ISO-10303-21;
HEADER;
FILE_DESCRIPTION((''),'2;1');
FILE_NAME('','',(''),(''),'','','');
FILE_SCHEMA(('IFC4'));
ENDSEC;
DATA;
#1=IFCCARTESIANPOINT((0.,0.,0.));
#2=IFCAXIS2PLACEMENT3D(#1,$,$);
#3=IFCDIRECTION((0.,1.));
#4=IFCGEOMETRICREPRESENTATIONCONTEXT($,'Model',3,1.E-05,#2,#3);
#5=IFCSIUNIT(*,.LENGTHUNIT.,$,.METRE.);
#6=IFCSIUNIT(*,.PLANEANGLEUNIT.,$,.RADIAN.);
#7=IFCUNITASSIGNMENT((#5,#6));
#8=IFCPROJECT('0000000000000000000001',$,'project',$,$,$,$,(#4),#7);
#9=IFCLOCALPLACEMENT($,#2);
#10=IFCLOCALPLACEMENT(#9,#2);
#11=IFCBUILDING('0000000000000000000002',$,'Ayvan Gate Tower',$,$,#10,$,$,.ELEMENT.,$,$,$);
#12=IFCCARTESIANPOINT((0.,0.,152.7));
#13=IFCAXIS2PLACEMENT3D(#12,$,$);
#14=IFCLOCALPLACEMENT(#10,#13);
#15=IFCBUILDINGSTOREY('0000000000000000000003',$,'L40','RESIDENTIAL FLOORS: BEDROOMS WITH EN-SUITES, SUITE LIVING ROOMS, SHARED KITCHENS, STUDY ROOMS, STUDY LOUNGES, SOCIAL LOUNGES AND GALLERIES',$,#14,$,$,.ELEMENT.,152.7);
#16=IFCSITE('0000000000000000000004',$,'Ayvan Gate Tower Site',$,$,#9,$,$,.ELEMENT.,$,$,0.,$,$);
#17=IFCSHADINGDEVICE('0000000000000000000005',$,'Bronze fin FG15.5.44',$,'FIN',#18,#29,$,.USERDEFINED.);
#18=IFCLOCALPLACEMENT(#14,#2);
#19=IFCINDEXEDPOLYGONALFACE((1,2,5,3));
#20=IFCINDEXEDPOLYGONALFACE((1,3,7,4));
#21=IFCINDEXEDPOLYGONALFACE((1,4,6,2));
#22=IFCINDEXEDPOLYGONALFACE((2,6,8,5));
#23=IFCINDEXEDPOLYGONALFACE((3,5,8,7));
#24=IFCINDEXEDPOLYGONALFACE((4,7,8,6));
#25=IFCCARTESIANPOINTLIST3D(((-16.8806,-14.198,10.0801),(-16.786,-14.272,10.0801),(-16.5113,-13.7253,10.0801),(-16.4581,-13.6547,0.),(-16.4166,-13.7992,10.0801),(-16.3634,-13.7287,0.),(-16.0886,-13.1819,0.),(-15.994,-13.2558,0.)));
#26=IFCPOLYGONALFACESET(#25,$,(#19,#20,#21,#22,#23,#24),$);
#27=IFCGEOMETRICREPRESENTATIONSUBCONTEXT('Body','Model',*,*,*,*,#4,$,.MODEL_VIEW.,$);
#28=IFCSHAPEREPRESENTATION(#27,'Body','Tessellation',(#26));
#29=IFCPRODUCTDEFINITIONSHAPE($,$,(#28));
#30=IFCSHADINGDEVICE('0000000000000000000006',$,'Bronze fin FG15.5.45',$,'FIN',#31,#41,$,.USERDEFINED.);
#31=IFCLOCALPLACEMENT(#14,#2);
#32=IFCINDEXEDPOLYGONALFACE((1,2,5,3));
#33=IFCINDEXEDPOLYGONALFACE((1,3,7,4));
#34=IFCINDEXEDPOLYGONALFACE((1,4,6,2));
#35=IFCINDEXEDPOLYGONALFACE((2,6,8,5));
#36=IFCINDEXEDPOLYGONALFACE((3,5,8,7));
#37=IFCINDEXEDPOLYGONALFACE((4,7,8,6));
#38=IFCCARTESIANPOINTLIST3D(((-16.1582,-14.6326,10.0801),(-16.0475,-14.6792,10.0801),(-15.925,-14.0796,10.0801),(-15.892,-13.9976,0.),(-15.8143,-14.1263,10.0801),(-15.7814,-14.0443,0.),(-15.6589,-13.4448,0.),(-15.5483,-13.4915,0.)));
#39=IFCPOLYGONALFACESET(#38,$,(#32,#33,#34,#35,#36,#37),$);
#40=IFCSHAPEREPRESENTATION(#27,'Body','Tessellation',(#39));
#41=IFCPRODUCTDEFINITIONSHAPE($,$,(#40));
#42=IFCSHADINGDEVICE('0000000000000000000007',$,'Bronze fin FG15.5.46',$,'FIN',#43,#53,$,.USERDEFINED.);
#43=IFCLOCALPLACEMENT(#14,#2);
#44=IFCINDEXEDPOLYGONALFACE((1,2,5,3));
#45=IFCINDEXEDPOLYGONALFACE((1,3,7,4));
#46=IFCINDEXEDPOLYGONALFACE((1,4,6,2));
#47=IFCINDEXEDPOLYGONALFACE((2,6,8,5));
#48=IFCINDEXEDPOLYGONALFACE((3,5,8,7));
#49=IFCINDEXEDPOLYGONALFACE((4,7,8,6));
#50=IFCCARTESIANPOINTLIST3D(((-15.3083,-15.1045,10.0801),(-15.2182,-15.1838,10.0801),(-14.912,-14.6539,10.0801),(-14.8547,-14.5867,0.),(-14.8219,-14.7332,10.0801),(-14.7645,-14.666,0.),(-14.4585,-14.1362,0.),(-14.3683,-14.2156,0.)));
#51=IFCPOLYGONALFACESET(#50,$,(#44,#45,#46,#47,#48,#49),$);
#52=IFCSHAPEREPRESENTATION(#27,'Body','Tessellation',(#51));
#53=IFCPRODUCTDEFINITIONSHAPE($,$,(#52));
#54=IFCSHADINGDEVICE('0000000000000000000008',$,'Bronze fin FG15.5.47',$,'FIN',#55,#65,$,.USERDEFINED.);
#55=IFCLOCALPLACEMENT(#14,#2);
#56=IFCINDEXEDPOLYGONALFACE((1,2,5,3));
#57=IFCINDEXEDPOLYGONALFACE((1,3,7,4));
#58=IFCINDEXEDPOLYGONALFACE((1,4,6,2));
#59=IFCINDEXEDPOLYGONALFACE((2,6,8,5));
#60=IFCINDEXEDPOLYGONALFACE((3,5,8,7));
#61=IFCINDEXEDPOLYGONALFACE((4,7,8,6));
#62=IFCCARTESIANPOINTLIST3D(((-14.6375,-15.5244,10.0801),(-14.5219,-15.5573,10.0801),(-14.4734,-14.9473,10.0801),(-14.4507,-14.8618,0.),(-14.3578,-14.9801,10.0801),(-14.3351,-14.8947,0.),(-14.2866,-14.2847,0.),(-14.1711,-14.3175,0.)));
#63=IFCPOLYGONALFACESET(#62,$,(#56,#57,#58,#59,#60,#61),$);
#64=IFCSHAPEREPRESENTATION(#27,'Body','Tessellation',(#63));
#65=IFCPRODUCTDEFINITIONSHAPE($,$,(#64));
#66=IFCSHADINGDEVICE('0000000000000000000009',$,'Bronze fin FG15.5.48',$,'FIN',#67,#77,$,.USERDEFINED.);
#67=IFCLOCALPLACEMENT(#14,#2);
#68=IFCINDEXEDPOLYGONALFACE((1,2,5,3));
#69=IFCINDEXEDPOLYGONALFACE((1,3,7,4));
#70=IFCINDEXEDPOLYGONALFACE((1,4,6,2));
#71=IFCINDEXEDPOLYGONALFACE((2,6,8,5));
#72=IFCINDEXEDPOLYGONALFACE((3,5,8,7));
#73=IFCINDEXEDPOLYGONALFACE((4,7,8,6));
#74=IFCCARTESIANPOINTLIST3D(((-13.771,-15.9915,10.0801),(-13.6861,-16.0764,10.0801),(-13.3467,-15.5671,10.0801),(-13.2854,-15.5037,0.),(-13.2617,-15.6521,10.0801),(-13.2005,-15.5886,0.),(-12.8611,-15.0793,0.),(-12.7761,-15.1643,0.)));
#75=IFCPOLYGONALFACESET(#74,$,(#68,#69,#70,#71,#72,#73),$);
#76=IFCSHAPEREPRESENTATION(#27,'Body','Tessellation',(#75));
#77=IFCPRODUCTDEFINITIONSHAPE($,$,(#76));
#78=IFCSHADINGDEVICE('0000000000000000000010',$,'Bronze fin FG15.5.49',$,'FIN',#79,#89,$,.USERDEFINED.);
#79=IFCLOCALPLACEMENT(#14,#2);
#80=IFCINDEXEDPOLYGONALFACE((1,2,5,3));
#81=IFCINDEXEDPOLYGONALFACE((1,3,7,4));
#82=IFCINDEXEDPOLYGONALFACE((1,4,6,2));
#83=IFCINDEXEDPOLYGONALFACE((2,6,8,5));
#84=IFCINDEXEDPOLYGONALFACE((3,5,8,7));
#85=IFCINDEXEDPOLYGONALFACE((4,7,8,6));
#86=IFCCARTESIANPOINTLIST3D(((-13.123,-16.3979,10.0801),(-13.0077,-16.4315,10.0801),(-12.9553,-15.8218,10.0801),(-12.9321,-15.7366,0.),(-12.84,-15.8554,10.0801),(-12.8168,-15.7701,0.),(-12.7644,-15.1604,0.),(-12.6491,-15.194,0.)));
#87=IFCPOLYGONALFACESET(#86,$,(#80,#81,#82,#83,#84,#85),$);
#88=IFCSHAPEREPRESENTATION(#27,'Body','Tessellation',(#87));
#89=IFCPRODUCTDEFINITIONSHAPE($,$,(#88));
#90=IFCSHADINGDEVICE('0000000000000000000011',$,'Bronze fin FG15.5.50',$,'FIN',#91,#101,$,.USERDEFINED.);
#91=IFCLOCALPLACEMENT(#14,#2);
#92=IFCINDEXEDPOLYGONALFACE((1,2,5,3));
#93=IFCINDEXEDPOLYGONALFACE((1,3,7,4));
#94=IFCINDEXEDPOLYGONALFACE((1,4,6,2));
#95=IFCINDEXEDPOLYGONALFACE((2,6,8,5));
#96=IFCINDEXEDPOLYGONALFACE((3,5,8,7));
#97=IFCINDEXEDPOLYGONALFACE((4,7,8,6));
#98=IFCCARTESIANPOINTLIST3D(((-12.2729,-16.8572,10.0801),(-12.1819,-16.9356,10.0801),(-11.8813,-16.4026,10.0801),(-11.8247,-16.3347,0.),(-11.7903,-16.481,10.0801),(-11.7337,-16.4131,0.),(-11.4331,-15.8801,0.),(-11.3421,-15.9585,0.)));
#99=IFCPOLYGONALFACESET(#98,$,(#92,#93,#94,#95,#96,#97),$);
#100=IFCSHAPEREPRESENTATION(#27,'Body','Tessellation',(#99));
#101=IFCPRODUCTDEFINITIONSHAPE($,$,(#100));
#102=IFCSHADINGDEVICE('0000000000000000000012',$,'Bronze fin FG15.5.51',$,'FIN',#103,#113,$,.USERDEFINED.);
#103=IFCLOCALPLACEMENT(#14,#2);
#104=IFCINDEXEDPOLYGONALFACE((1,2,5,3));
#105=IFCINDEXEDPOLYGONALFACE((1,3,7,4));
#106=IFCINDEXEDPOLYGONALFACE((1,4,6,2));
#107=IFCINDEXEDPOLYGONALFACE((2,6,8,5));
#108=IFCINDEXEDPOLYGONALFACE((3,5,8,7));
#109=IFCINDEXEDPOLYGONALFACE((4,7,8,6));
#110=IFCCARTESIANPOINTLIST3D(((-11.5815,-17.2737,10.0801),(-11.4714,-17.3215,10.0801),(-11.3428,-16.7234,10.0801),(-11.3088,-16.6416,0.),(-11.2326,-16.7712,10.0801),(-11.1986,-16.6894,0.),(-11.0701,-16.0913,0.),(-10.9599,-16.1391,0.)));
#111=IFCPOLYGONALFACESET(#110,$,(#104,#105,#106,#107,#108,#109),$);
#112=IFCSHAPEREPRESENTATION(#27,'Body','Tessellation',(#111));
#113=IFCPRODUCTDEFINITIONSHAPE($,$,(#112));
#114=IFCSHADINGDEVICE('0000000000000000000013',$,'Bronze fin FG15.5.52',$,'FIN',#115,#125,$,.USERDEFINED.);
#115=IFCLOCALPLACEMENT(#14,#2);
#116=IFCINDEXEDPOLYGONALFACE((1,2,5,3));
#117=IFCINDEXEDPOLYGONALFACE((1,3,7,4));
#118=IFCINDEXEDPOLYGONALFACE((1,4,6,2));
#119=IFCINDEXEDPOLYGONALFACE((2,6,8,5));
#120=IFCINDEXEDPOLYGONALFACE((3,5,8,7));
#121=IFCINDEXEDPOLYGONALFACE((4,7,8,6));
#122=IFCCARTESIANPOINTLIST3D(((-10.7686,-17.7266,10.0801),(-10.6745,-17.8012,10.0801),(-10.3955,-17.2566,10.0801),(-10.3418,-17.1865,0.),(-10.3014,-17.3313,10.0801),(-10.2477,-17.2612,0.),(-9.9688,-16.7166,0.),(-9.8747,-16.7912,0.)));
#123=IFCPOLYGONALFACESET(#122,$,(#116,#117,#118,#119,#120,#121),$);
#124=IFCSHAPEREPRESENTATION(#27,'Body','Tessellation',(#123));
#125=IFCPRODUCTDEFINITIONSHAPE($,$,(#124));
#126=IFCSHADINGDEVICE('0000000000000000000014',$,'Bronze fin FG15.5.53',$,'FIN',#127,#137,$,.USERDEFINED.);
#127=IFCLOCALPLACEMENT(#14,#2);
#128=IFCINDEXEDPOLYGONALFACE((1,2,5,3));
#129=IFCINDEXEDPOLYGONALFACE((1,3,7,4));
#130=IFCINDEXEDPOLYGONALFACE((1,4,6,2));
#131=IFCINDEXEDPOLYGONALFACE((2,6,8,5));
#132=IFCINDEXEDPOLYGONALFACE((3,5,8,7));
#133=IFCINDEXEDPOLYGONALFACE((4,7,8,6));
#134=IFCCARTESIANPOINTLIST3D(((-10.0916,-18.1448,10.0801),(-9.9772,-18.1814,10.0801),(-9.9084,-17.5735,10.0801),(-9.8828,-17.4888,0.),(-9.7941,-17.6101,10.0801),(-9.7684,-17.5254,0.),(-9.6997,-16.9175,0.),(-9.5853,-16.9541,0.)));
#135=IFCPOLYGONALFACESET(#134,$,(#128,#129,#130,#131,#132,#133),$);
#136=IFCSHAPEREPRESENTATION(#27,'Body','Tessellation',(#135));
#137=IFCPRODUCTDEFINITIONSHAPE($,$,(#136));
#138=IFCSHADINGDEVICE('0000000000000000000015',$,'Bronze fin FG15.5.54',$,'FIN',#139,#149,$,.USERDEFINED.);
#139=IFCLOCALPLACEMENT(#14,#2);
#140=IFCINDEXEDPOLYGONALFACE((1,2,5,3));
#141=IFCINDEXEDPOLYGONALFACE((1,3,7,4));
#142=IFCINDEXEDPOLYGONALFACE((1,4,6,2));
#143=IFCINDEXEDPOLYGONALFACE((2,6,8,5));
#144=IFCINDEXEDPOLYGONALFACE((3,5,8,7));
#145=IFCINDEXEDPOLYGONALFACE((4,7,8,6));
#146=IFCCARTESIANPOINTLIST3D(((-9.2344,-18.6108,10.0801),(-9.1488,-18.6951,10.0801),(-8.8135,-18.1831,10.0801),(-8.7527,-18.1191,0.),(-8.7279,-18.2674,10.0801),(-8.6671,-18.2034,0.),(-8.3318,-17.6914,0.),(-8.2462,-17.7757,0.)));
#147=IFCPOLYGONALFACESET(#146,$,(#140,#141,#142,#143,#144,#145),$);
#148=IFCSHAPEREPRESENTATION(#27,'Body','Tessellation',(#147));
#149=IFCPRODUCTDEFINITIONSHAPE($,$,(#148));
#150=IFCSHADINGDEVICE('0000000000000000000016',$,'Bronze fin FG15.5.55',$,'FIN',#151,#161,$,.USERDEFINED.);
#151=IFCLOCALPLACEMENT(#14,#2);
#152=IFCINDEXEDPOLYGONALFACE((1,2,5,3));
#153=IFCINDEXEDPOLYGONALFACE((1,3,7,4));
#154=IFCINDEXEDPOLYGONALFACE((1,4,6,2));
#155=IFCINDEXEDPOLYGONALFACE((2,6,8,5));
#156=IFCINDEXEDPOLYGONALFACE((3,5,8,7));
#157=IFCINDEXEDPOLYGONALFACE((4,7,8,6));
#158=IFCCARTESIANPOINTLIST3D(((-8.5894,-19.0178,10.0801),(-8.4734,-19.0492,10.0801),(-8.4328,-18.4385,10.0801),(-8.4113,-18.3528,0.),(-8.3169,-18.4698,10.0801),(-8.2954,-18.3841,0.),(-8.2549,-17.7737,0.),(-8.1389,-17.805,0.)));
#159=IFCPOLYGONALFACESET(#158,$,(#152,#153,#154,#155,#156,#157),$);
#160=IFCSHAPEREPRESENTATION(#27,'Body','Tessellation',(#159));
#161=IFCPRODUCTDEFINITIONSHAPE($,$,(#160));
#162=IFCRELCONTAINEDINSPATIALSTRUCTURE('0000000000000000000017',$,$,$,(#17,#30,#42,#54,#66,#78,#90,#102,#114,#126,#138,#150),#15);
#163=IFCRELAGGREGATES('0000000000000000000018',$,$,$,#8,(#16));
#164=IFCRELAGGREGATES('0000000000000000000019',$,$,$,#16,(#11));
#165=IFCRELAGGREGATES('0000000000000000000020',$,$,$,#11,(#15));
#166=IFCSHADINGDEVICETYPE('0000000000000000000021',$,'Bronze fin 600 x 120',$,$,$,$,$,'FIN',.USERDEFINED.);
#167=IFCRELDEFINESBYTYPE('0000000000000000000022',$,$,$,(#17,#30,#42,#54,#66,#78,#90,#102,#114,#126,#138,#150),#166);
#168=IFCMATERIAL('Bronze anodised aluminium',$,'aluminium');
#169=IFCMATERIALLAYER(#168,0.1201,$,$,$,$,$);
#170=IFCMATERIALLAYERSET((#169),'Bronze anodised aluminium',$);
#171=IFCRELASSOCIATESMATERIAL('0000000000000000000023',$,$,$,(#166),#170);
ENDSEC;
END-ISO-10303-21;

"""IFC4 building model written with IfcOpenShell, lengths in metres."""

from ifc_helpers import new_model, si_unit, direction, frame, origin, place, context, subcontext, project, spatial, polyline, outline, extrude, material, layer, layer_set, type_object, element, save


model = new_model("IFC4")

# Units and contexts
model_context = context("Model", 3, precision=1e-05, world=origin(), true_north=direction((0.0, 1.0)))
body_context = subcontext(model_context, "Body", "Model", "MODEL_VIEW")
ifc_project = project(units=[si_unit("LENGTHUNIT", "METRE"), si_unit("PLANEANGLEUNIT", "RADIAN")], contexts=[model_context])

# Site, building, storey
site_placement = place(None, origin())
site = spatial("IfcSite", under=ifc_project, at=site_placement, Name="Ayvan Gate Tower Site", CompositionType="ELEMENT", RefElevation=0.0)
building_placement = place(site_placement, origin())
building = spatial("IfcBuilding", under=site, at=building_placement, Name="Ayvan Gate Tower", CompositionType="ELEMENT")
storey_placement = place(building_placement, frame((0.0, 0.0, 152.7)))
storey = spatial("IfcBuildingStorey", under=building, at=storey_placement, Name="L40", Description="RESIDENTIAL FLOORS: BEDROOMS WITH EN-SUITES, SUITE LIVING ROOMS, SHARED KITCHENS, STUDY ROOMS, STUDY LOUNGES, SOCIAL LOUNGES AND GALLERIES", CompositionType="ELEMENT", Elevation=152.7)

# Shared definitions
ifc_material_1 = material(Name="Bronze anodised aluminium", Category="aluminium")

# Shading devices
ifc_layer_1 = layer(ifc_material_1, 0.1201)
ifc_layer_set_1 = layer_set([ifc_layer_1], Name="Bronze anodised aluminium")
shading_device_type = type_object("IfcShadingDeviceType", Name="Bronze fin 600 x 120", ElementType="FIN", PredefinedType="USERDEFINED", material=ifc_layer_set_1)
shading_device_1_placement = place(storey_placement, frame((-16.0886, -13.1819, 0.0), z_axis=(-0.788003, 0.615672, 0.000149), x_axis=(-0.615672, -0.788003, 0.0)))
element("IfcShadingDevice", 1, at=shading_device_1_placement, inside=storey, type_object=shading_device_type, Name="Bronze fin FG15.5.44", ObjectType="FIN", PredefinedType="USERDEFINED", context=body_context, shape_type="SweptSolid", body=[
    extrude(outline(polyline([(0.0, 0.0), (0.6001, 0.0), (1.2883, 10.0801), (0.6884, 10.0801), (0.0, 0.0)])), origin(), (0.0, 0.0, -1.0), 0.1201),
])
shading_device_2_placement = place(storey_placement, frame((-15.6589, -13.4448, 0.0), z_axis=(-0.921413, 0.388584, 0.00015), x_axis=(-0.388584, -0.921413, 0.0)))
element("IfcShadingDevice", 2, at=shading_device_2_placement, inside=storey, type_object=shading_device_type, Name="Bronze fin FG15.5.45", ObjectType="FIN", PredefinedType="USERDEFINED", context=body_context, shape_type="SweptSolid", body=[
    extrude(outline(polyline([(0.0, 0.0), (0.5999, 0.0), (1.2884, 10.0801), (0.6883, 10.0801), (0.0, 0.0)])), origin(), (0.0, 0.0, -1.0), 0.1201),
])
shading_device_3_placement = place(storey_placement, frame((-14.4585, -14.1362, 0.0), z_axis=(-0.750923, 0.660389, 0.000124), x_axis=(-0.660389, -0.750923, 0.0)))
element("IfcShadingDevice", 3, at=shading_device_3_placement, inside=storey, type_object=shading_device_type, Name="Bronze fin FG15.5.46", ObjectType="FIN", PredefinedType="USERDEFINED", context=body_context, shape_type="SweptSolid", body=[
    extrude(outline(polyline([(0.0, 0.0), (0.5999, 0.0), (1.2883, 10.0801), (0.6882, 10.0801), (0.0, 0.0)])), origin(), (0.0, 0.0, -1.0), 0.1201),
])
shading_device_4_placement = place(storey_placement, frame((-14.2866, -14.2847, 0.0), z_axis=(-0.961892, 0.273431, 0.000151), x_axis=(-0.273431, -0.961892, 0.0)))
element("IfcShadingDevice", 4, at=shading_device_4_placement, inside=storey, type_object=shading_device_type, Name="Bronze fin FG15.5.47", ObjectType="FIN", PredefinedType="USERDEFINED", context=body_context, shape_type="SweptSolid", body=[
    extrude(outline(polyline([(0.0, 0.0), (0.6, 0.0), (1.2884, 10.0801), (0.6884, 10.0801), (0.0, 0.0)])), origin(), (0.0, 0.0, -1.0), 0.1201),
])
shading_device_5_placement = place(storey_placement, frame((-12.8611, -15.0793, 0.0), z_axis=(-0.707107, 0.707107, 0.000154), x_axis=(-0.707107, -0.707107, 0.0)))
element("IfcShadingDevice", 5, at=shading_device_5_placement, inside=storey, type_object=shading_device_type, Name="Bronze fin FG15.5.48", ObjectType="FIN", PredefinedType="USERDEFINED", context=body_context, shape_type="SweptSolid", body=[
    extrude(outline(polyline([(0.0, 0.0), (0.6001, 0.0), (1.2884, 10.0801), (0.6883, 10.0801), (0.0, 0.0)])), origin(), (0.0, 0.0, -1.0), 0.1201),
])
shading_device_6_placement = place(storey_placement, frame((-12.7644, -15.1604, 0.0), z_axis=(-0.960146, 0.2795, 0.000153), x_axis=(-0.2795, -0.960146, 0.0)))
element("IfcShadingDevice", 6, at=shading_device_6_placement, inside=storey, type_object=shading_device_type, Name="Bronze fin FG15.5.49", ObjectType="FIN", PredefinedType="USERDEFINED", context=body_context, shape_type="SweptSolid", body=[
    extrude(outline(polyline([(0.0, 0.0), (0.6001, 0.0), (1.2885, 10.0801), (0.6884, 10.0801), (0.0, 0.0)])), origin(), (0.0, 0.0, -1.0), 0.1201),
])
shading_device_7_placement = place(storey_placement, frame((-11.4331, -15.8801, 0.0), z_axis=(-0.757646, 0.652666, 0.000137), x_axis=(-0.652666, -0.757646, 0.0)))
element("IfcShadingDevice", 7, at=shading_device_7_placement, inside=storey, type_object=shading_device_type, Name="Bronze fin FG15.5.50", ObjectType="FIN", PredefinedType="USERDEFINED", context=body_context, shape_type="SweptSolid", body=[
    extrude(outline(polyline([(0.0, 0.0), (0.6, 0.0), (1.2884, 10.0801), (0.6884, 10.0801), (0.0, 0.0)])), origin(), (0.0, 0.0, -1.0), 0.1201),
])
shading_device_8_placement = place(storey_placement, frame((-11.0701, -16.0913, 0.0), z_axis=(-0.917367, 0.398041, 0.000141), x_axis=(-0.398041, -0.917367, 0.0)))
element("IfcShadingDevice", 8, at=shading_device_8_placement, inside=storey, type_object=shading_device_type, Name="Bronze fin FG15.5.51", ObjectType="FIN", PredefinedType="USERDEFINED", context=body_context, shape_type="SweptSolid", body=[
    extrude(outline(polyline([(0.0, 0.0), (0.5999, 0.0), (1.2883, 10.0801), (0.6884, 10.0801), (0.0, 0.0)])), origin(), (0.0, 0.0, -1.0), 0.1201),
])
shading_device_9_placement = place(storey_placement, frame((-9.9688, -16.7166, 0.0), z_axis=(-0.783245, 0.621713, 0.000148), x_axis=(-0.621713, -0.783245, 0.0)))
element("IfcShadingDevice", 9, at=shading_device_9_placement, inside=storey, type_object=shading_device_type, Name="Bronze fin FG15.5.52", ObjectType="FIN", PredefinedType="USERDEFINED", context=body_context, shape_type="SweptSolid", body=[
    extrude(outline(polyline([(0.0, 0.0), (0.6, 0.0), (1.2883, 10.0801), (0.6883, 10.0801), (0.0, 0.0)])), origin(), (0.0, 0.0, -1.0), 0.1201),
])
shading_device_10_placement = place(storey_placement, frame((-9.6997, -16.9175, 0.0), z_axis=(-0.952282, 0.305219, 0.000143), x_axis=(-0.305219, -0.952282, 0.0)))
element("IfcShadingDevice", 10, at=shading_device_10_placement, inside=storey, type_object=shading_device_type, Name="Bronze fin FG15.5.53", ObjectType="FIN", PredefinedType="USERDEFINED", context=body_context, shape_type="SweptSolid", body=[
    extrude(outline(polyline([(0.0, 0.0), (0.5999, 0.0), (1.2883, 10.0801), (0.6884, 10.0801), (0.0, 0.0)])), origin(), (0.0, 0.0, -1.0), 0.1201),
])
shading_device_11_placement = place(storey_placement, frame((-8.3318, -17.6914, 0.0), z_axis=(-0.71278, 0.701388, 0.000152), x_axis=(-0.701388, -0.71278, 0.0)))
element("IfcShadingDevice", 11, at=shading_device_11_placement, inside=storey, type_object=shading_device_type, Name="Bronze fin FG15.5.54", ObjectType="FIN", PredefinedType="USERDEFINED", context=body_context, shape_type="SweptSolid", body=[
    extrude(outline(polyline([(0.0, 0.0), (0.6001, 0.0), (1.2884, 10.0801), (0.6883, 10.0801), (0.0, 0.0)])), origin(), (0.0, 0.0, -1.0), 0.1201),
])
shading_device_12_placement = place(storey_placement, frame((-8.2549, -17.7737, 0.0), z_axis=(-0.965386, 0.260827, 0.00016), x_axis=(-0.260827, -0.965386, 0.0)))
element("IfcShadingDevice", 12, at=shading_device_12_placement, inside=storey, type_object=shading_device_type, Name="Bronze fin FG15.5.55", ObjectType="FIN", PredefinedType="USERDEFINED", context=body_context, shape_type="SweptSolid", body=[
    extrude(outline(polyline([(0.0, 0.0), (0.5999, 0.0), (1.2883, 10.0801), (0.6882, 10.0801), (0.0, 0.0)])), origin(), (0.0, 0.0, -1.0), 0.1201),
])

save(model, "model.ifc")
